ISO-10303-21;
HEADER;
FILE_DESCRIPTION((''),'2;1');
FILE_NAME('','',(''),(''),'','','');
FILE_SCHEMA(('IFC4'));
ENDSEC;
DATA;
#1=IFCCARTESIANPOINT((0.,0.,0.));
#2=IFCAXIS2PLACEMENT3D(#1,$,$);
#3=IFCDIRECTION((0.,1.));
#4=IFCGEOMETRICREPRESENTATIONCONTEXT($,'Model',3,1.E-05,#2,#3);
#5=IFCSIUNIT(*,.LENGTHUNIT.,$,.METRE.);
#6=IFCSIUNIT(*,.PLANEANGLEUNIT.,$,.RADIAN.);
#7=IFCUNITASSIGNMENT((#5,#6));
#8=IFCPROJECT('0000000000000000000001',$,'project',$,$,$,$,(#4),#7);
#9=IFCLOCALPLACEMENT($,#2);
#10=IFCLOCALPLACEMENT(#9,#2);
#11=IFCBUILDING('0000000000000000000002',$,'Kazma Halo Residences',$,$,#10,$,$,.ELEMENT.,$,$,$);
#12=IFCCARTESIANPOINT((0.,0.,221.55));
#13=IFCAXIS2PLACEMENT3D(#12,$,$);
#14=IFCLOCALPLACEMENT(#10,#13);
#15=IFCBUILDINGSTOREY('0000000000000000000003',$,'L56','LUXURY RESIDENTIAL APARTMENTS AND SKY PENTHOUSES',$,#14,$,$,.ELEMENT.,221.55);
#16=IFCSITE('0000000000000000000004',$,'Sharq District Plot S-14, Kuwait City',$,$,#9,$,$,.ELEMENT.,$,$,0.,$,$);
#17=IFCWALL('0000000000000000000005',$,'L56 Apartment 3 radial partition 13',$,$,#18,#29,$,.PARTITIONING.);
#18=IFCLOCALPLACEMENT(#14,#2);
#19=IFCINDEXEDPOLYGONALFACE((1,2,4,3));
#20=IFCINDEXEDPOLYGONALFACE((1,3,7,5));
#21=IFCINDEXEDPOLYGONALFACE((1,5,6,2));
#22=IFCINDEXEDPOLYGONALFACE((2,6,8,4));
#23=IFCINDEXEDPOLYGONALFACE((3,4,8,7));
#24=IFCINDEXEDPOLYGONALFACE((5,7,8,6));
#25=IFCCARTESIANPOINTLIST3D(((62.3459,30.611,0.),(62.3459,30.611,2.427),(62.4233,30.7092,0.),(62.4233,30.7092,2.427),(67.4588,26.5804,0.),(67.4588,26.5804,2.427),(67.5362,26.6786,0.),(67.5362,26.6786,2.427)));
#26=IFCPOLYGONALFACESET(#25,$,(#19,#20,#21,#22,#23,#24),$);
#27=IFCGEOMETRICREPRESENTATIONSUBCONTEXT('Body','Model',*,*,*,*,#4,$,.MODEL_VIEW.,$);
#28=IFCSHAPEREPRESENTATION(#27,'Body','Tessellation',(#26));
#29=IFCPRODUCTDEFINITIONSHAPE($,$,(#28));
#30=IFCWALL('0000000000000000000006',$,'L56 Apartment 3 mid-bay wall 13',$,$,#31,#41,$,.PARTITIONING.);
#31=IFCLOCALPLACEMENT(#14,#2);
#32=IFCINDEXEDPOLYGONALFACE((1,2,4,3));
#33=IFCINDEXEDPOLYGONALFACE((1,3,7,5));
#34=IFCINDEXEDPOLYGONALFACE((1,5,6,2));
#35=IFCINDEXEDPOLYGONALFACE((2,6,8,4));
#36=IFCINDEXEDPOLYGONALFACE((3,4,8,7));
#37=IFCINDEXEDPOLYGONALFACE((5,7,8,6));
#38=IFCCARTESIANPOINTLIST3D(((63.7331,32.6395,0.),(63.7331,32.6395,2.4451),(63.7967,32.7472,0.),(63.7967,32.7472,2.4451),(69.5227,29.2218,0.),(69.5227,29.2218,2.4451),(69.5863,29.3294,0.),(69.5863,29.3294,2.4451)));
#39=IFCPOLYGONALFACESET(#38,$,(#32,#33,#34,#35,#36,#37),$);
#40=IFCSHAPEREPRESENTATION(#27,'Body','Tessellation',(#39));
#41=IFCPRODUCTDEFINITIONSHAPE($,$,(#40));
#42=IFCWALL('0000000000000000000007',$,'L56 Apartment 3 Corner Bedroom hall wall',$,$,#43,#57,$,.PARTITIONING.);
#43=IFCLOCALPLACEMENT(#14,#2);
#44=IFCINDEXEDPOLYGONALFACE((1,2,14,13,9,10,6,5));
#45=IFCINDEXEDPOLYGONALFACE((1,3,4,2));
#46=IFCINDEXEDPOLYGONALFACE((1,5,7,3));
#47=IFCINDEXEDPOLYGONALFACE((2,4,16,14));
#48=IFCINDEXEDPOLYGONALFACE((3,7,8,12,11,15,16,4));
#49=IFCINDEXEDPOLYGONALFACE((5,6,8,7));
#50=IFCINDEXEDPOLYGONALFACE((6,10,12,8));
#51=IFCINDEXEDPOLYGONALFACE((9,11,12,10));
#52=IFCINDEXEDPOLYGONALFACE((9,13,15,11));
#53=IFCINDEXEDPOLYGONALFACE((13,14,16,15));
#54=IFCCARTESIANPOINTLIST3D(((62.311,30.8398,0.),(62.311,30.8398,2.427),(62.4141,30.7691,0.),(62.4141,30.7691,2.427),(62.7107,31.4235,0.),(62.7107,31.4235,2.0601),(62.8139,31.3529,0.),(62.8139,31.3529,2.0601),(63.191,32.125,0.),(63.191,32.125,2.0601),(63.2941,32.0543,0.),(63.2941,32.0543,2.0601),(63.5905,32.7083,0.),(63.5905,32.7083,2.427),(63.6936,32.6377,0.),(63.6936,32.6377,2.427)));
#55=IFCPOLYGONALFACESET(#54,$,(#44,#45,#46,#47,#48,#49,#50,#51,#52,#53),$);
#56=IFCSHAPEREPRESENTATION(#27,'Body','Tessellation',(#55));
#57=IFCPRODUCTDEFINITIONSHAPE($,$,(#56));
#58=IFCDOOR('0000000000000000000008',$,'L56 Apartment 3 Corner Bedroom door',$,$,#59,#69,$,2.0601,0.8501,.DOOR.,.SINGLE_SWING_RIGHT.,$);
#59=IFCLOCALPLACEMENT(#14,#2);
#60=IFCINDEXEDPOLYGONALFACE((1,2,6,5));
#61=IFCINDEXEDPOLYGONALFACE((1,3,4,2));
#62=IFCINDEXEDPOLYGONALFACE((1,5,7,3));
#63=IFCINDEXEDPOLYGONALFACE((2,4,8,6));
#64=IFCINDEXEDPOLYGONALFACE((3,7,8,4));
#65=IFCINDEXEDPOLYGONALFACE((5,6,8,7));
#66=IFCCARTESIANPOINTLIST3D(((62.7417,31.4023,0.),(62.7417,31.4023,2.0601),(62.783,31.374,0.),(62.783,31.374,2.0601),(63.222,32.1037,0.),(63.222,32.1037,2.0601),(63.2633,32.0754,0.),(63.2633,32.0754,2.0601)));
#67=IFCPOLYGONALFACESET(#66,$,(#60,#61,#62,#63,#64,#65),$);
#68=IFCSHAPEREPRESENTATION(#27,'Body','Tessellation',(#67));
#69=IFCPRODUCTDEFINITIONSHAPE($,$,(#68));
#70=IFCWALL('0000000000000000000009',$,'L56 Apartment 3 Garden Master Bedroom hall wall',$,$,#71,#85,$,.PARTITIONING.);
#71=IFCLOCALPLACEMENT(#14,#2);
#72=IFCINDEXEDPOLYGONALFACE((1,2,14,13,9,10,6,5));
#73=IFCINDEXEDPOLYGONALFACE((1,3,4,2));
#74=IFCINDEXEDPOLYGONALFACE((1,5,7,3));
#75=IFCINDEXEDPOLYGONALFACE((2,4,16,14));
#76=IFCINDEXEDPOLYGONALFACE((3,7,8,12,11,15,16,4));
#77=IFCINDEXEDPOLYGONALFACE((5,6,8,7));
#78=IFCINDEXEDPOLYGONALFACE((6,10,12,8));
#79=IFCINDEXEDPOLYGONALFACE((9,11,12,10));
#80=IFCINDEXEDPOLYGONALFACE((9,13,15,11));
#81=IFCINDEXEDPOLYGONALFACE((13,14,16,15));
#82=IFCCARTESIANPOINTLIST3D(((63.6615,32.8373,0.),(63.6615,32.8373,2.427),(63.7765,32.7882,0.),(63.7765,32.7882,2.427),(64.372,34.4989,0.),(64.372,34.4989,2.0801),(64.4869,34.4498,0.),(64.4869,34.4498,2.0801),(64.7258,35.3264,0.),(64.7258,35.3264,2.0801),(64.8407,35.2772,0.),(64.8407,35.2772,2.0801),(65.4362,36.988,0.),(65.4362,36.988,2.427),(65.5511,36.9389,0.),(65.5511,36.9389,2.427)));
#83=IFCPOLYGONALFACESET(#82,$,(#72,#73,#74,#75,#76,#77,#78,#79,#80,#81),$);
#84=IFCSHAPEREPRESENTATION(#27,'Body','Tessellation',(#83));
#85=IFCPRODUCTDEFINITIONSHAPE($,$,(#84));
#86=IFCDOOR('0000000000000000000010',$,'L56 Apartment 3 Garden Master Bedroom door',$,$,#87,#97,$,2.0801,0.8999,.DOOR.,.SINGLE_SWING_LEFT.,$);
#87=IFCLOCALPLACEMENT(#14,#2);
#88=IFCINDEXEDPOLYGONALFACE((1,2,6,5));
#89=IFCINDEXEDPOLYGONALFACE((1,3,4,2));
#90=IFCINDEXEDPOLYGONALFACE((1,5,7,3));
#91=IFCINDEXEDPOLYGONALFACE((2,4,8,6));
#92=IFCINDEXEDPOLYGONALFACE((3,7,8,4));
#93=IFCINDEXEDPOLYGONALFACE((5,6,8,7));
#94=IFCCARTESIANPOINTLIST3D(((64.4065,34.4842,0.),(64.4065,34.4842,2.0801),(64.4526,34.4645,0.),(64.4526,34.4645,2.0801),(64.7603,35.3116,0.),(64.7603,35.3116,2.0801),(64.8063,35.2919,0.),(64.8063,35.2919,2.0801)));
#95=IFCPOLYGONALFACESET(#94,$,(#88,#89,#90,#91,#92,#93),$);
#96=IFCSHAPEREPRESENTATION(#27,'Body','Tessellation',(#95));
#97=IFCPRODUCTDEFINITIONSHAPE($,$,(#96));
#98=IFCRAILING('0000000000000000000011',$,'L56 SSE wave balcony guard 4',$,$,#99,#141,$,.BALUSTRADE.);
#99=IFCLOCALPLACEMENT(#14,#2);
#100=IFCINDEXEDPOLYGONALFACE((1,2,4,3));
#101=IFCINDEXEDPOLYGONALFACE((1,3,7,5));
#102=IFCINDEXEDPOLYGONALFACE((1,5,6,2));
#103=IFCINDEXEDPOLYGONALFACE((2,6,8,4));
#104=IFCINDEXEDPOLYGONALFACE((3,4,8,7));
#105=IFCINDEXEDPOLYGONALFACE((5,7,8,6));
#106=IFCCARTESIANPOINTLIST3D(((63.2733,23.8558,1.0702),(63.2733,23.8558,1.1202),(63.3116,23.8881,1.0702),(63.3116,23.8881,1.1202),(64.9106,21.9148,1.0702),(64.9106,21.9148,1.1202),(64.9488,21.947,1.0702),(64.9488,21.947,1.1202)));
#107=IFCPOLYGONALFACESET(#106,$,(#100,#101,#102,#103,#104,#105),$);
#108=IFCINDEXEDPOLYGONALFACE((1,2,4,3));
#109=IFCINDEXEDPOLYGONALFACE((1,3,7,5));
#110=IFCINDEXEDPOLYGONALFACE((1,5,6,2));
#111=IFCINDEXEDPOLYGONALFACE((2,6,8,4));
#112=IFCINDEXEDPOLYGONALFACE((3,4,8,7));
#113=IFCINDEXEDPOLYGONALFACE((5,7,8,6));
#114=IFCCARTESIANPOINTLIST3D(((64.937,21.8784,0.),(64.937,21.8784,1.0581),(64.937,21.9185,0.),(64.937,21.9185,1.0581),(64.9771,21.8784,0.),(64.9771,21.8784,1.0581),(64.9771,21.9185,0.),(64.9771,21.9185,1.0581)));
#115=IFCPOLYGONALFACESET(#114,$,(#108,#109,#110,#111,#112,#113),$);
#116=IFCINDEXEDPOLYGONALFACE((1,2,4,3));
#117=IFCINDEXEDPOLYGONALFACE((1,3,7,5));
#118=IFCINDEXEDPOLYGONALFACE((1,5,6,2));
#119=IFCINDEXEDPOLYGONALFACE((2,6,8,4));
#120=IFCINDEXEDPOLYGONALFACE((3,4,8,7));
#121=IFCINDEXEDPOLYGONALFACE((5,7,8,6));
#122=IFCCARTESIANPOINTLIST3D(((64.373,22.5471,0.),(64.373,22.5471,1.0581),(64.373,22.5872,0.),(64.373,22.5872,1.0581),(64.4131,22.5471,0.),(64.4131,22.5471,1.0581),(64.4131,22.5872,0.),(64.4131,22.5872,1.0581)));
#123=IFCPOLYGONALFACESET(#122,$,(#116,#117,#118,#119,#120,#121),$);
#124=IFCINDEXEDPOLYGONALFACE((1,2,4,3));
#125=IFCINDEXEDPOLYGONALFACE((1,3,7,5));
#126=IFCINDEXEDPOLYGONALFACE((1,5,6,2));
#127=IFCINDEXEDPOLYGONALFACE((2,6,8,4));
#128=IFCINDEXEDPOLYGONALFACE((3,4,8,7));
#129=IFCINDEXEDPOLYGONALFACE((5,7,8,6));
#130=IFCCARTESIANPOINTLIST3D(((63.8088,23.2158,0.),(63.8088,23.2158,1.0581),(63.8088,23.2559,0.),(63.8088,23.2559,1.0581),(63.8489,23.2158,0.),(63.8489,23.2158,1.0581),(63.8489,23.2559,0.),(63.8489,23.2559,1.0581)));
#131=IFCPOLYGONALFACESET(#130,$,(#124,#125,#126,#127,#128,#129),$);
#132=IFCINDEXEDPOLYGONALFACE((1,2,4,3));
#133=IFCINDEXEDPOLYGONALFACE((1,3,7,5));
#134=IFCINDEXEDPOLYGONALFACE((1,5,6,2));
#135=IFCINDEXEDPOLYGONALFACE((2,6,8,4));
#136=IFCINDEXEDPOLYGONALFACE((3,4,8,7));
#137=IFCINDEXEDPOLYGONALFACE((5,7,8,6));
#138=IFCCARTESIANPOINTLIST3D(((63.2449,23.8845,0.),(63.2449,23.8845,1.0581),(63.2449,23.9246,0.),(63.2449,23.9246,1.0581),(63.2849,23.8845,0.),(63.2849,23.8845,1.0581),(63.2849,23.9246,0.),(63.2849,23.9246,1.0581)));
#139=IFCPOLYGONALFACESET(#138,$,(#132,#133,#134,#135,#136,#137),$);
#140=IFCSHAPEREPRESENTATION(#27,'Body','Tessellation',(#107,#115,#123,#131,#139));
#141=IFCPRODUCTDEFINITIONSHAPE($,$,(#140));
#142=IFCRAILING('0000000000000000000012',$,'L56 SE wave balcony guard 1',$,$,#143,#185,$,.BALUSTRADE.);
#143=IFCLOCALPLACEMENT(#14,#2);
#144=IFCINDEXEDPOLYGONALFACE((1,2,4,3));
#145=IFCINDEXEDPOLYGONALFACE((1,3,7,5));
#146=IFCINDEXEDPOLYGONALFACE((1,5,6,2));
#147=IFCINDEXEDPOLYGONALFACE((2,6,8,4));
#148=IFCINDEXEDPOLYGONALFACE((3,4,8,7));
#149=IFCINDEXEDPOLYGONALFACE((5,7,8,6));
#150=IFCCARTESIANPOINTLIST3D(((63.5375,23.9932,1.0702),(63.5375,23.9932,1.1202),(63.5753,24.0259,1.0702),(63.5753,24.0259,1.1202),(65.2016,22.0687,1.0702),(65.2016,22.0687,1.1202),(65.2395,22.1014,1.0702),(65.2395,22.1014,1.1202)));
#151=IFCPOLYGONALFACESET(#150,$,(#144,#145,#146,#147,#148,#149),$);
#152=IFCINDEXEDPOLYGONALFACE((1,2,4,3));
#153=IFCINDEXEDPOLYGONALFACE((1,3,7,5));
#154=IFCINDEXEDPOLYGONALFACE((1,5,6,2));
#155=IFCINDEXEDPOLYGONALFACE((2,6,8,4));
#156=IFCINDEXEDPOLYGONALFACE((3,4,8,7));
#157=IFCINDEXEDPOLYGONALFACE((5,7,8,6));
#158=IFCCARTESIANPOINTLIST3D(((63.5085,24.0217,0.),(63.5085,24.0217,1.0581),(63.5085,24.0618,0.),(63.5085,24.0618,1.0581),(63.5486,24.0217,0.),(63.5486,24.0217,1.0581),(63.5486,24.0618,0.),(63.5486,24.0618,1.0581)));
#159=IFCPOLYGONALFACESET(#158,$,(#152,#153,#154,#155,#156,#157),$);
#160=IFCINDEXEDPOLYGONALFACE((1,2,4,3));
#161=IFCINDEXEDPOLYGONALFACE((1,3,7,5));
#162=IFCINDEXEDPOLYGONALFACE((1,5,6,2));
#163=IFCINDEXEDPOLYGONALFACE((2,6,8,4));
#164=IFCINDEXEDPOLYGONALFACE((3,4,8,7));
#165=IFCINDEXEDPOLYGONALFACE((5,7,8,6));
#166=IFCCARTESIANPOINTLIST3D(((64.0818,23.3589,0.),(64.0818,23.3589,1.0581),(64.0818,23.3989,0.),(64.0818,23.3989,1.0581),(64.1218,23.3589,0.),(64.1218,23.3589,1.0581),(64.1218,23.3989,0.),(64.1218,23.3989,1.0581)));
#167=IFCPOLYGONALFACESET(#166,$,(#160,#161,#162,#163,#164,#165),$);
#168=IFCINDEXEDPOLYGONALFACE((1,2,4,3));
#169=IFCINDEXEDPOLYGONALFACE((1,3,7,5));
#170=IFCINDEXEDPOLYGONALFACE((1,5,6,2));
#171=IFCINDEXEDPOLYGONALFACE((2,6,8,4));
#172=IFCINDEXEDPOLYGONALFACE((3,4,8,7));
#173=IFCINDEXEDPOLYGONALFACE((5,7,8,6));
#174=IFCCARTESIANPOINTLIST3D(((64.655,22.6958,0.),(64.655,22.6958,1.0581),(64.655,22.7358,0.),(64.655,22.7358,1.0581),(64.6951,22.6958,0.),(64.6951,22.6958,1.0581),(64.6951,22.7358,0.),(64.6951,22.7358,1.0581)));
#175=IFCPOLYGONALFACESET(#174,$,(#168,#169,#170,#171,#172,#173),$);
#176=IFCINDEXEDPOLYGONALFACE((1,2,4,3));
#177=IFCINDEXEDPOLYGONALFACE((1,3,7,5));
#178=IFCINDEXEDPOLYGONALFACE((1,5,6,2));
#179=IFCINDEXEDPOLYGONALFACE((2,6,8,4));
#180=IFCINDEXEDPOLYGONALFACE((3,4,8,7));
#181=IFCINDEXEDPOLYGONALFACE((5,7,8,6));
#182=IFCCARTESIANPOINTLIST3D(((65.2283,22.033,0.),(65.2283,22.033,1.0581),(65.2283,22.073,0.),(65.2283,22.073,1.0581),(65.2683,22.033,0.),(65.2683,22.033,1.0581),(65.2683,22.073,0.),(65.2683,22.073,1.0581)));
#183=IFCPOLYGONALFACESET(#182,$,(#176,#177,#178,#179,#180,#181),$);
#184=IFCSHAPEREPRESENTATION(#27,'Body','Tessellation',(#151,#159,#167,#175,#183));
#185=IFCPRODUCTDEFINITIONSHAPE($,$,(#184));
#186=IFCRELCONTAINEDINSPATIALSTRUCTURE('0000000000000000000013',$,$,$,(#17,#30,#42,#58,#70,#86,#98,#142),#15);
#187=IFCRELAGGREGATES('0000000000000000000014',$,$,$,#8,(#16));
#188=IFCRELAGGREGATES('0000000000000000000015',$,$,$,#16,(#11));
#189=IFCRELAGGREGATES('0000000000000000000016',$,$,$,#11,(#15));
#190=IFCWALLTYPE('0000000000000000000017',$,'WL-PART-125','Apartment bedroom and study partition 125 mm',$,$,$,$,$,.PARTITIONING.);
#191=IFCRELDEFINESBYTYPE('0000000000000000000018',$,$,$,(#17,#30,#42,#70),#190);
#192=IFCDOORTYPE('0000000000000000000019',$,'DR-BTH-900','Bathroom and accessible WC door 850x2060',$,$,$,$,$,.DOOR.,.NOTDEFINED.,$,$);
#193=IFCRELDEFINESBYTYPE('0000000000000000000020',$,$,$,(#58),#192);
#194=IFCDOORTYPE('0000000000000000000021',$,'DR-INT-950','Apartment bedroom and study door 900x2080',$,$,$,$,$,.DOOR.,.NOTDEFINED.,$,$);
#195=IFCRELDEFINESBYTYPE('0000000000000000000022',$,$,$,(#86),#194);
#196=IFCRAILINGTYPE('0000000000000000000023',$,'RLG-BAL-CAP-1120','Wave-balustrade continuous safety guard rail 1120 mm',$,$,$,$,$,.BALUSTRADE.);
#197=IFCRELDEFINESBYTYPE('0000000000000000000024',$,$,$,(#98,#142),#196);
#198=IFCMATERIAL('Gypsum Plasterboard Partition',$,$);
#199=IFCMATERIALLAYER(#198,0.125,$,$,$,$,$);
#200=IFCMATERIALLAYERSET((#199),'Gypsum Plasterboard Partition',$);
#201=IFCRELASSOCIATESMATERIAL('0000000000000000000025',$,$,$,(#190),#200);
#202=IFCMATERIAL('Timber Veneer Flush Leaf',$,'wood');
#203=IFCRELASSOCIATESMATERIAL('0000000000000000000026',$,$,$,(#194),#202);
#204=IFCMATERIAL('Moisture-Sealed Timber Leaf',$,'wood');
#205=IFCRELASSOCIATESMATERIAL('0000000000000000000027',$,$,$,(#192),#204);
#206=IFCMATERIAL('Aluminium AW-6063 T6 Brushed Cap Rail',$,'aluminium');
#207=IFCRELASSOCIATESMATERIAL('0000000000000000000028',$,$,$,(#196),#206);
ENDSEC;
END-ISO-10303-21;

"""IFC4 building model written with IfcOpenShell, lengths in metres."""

from ifc_helpers import new_model, si_unit, direction, frame, frame_2d, origin, origin_2d, place, context, subcontext, project, spatial, rectangle, extrude, material, layer, layer_set, type_object, element, fill, save


model = new_model("IFC4")

# Units and contexts
model_context = context("Model", 3, precision=1e-05, world=origin(), true_north=direction((0.0, 1.0)))
body_context = subcontext(model_context, "Body", "Model", "MODEL_VIEW")
ifc_project = project(units=[si_unit("LENGTHUNIT", "METRE"), si_unit("PLANEANGLEUNIT", "RADIAN")], contexts=[model_context])

# Site, building, storey
site_placement = place(None, origin())
site = spatial("IfcSite", under=ifc_project, at=site_placement, Name="Sharq District Plot S-14, Kuwait City", CompositionType="ELEMENT", RefElevation=0.0)
building_placement = place(site_placement, origin())
building = spatial("IfcBuilding", under=site, at=building_placement, Name="Kazma Halo Residences", CompositionType="ELEMENT")
storey_placement = place(building_placement, frame((0.0, 0.0, 221.55)))
storey = spatial("IfcBuildingStorey", under=building, at=storey_placement, Name="L56", Description="LUXURY RESIDENTIAL APARTMENTS AND SKY PENTHOUSES", CompositionType="ELEMENT", Elevation=221.55)

# Shared definitions
ifc_material_1 = material(Name="Gypsum Plasterboard Partition")
ifc_layer_1 = layer(ifc_material_1, 0.125)
ifc_layer_set_1 = layer_set([ifc_layer_1], Name="Gypsum Plasterboard Partition")
wall_type_1 = type_object("IfcWallType", Name="WL-PART-125", Description="Apartment bedroom and study partition 125 mm", PredefinedType="PARTITIONING", material=ifc_layer_set_1)
ifc_material_2 = material(Name="Timber Veneer Flush Leaf", Category="wood")
door_type_1 = type_object("IfcDoorType", Name="DR-INT-950", Description="Apartment bedroom and study door 900x2080", OperationType="NOTDEFINED", PredefinedType="DOOR", material=ifc_material_2)

# Walls
wall_1_placement = place(storey_placement, frame((62.3845, 30.6602, 0.0), z_axis=(0.0, 0.0, 1.0), x_axis=(0.785323, -0.619086, 0.0)))
element("IfcWall", 1, at=wall_1_placement, inside=storey, type_object=wall_type_1, Name="L56 Apartment 3 radial partition 13", PredefinedType="PARTITIONING", context=body_context, shape_type="SweptSolid", body=[
    extrude(rectangle(XDim=6.5105, YDim=0.125, at=frame_2d((3.2554, 0.0))), origin(), (0.0, 0.0, 1.0), 2.427),
])
wall_2_placement = place(storey_placement, frame((63.7649, 32.6934, 0.0), z_axis=(0.0, 0.0, 1.0), x_axis=(0.861146, -0.508357, 0.0)))
element("IfcWall", 2, at=wall_2_placement, inside=storey, type_object=wall_type_1, Name="L56 Apartment 3 mid-bay wall 13", PredefinedType="PARTITIONING", context=body_context, shape_type="SweptSolid", body=[
    extrude(rectangle(XDim=6.7231, YDim=0.125, at=frame_2d((3.3616, 0.0))), origin(), (0.0, 0.0, 1.0), 2.4451),
])

# Walls, openings, doors
wall_3_placement = place(storey_placement, frame((62.3625, 30.8044, 0.0), z_axis=(0.0, 0.0, 1.0), x_axis=(0.564981, 0.825104, 0.0)))
wall_3 = element("IfcWall", 3, at=wall_3_placement, inside=storey, type_object=wall_type_1, Name="L56 Apartment 3 Corner Bedroom hall wall", PredefinedType="PARTITIONING", context=body_context, shape_type="SweptSolid", body=[
    extrude(rectangle(XDim=2.2646, YDim=0.125, at=frame_2d((1.1323, 0.0))), origin(), (0.0, 0.0, 1.0), 2.427),
])
opening_1_placement = place(wall_3_placement, frame((0.7075, 0.0, 0.0)))
opening_1 = element("IfcOpeningElement", 4, at=opening_1_placement, cuts=wall_3, PredefinedType="OPENING", context=body_context, shape_type="SweptSolid", body=[
    extrude(rectangle(XDim=0.8501, YDim=2.0601, at=frame_2d((0.425, 1.03))), frame((0.0, 0.0725, 0.0), z_axis=(0.0, -1.0, 0.0), x_axis=(1.0, 0.0, 0.0)), (0.0, 0.0, 1.0), 0.145),
])
ifc_material_3 = material(Name="Moisture-Sealed Timber Leaf", Category="wood")
door_type_2 = type_object("IfcDoorType", Name="DR-BTH-900", Description="Bathroom and accessible WC door 850x2060", OperationType="NOTDEFINED", PredefinedType="DOOR", material=ifc_material_3)
door_1_placement = place(opening_1_placement, origin())
door_1 = element("IfcDoor", 5, at=door_1_placement, inside=storey, type_object=door_type_2, Name="L56 Apartment 3 Corner Bedroom door", OperationType="SINGLE_SWING_RIGHT", OverallHeight=2.0601, OverallWidth=0.8501, PredefinedType="DOOR", context=body_context, shape_type="SweptSolid", body=[
    extrude(rectangle(XDim=0.8501, YDim=2.0601, at=frame_2d((0.425, 1.03))), frame((0.0, 0.0249, 0.0), z_axis=(0.0, -1.0, 0.0), x_axis=(1.0, 0.0, 0.0)), (0.0, 0.0, 1.0), 0.05),
])
fill(opening_1, door_1)
wall_4_placement = place(storey_placement, frame((63.719, 32.8127, 0.0), z_axis=(0.0, 0.0, 1.0), x_axis=(0.393136, 0.91948, 0.0)))
wall_4 = element("IfcWall", 6, at=wall_4_placement, inside=storey, type_object=wall_type_1, Name="L56 Apartment 3 Garden Master Bedroom hall wall", PredefinedType="PARTITIONING", context=body_context, shape_type="SweptSolid", body=[
    extrude(rectangle(XDim=4.5142, YDim=0.125, at=frame_2d((2.2571, 0.0))), origin(), (0.0, 0.0, 1.0), 2.427),
])
opening_2_placement = place(wall_4_placement, frame((1.8071, 0.0, 0.0)))
opening_2 = element("IfcOpeningElement", 7, at=opening_2_placement, cuts=wall_4, PredefinedType="OPENING", context=body_context, shape_type="SweptSolid", body=[
    extrude(rectangle(XDim=0.8999, YDim=2.0801, at=frame_2d((0.45, 1.04))), frame((0.0, 0.0725, 0.0), z_axis=(0.0, -1.0, 0.0), x_axis=(1.0, 0.0, 0.0)), (0.0, 0.0, 1.0), 0.145),
])
door_2_placement = place(opening_2_placement, origin())
door_2 = element("IfcDoor", 8, at=door_2_placement, inside=storey, type_object=door_type_1, Name="L56 Apartment 3 Garden Master Bedroom door", OperationType="SINGLE_SWING_LEFT", OverallHeight=2.0801, OverallWidth=0.8999, PredefinedType="DOOR", context=body_context, shape_type="SweptSolid", body=[
    extrude(rectangle(XDim=0.8999, YDim=2.0801, at=frame_2d((0.45, 1.04))), frame((0.0, 0.0249, 0.0), z_axis=(0.0, -1.0, 0.0), x_axis=(1.0, 0.0, 0.0)), (0.0, 0.0, 1.0), 0.05),
])
fill(opening_2, door_2)

# Railings
ifc_material_4 = material(Name="Aluminium AW-6063 T6 Brushed Cap Rail", Category="aluminium")
railing_type = type_object("IfcRailingType", Name="RLG-BAL-CAP-1120", Description="Wave-balustrade continuous safety guard rail 1120 mm", PredefinedType="BALUSTRADE", material=ifc_material_4)
railing_1_placement = place(storey_placement, frame((64.957, 21.8984, 0.0)))
element("IfcRailing", 9, at=railing_1_placement, inside=storey, type_object=railing_type, Name="L56 SSE wave balcony guard 4", PredefinedType="BALUSTRADE", context=body_context, shape_type="SweptSolid", body=[
    extrude(rectangle(XDim=0.05, YDim=0.05, at=origin_2d()), frame((-0.0273, 0.0325, 1.0952), z_axis=(-0.644757, 0.764387, 0.0), x_axis=(-0.764387, -0.644757, 0.0)), (0.0, 0.0, 1.0), 2.5393),
    extrude(rectangle(XDim=0.04, YDim=0.04, at=origin_2d()), origin(), (0.0, 0.0, 1.0), 1.0581),
    extrude(rectangle(XDim=0.04, YDim=0.04, at=origin_2d()), frame((-0.564, 0.6687, 0.0)), (0.0, 0.0, 1.0), 1.0581),
    extrude(rectangle(XDim=0.04, YDim=0.04, at=origin_2d()), frame((-1.1282, 1.3374, 0.0)), (0.0, 0.0, 1.0), 1.0581),
    extrude(rectangle(XDim=0.04, YDim=0.04, at=origin_2d()), frame((-1.6921, 2.0061, 0.0)), (0.0, 0.0, 1.0), 1.0581),
])
railing_2_placement = place(storey_placement, frame((63.5286, 24.0417, 0.0)))
element("IfcRailing", 10, at=railing_2_placement, inside=storey, type_object=railing_type, Name="L56 SE wave balcony guard 1", PredefinedType="BALUSTRADE", context=body_context, shape_type="SweptSolid", body=[
    extrude(rectangle(XDim=0.05, YDim=0.05, at=origin_2d()), frame((0.0278, -0.0322, 1.0952), z_axis=(0.654089, -0.756418, 0.0), x_axis=(0.756418, 0.654089, 0.0)), (0.0, 0.0, 1.0), 2.5442),
    extrude(rectangle(XDim=0.04, YDim=0.04, at=origin_2d()), origin(), (0.0, 0.0, 1.0), 1.0581),
    extrude(rectangle(XDim=0.04, YDim=0.04, at=origin_2d()), frame((0.5732, -0.6628, 0.0)), (0.0, 0.0, 1.0), 1.0581),
    extrude(rectangle(XDim=0.04, YDim=0.04, at=origin_2d()), frame((1.1465, -1.3259, 0.0)), (0.0, 0.0, 1.0), 1.0581),
    extrude(rectangle(XDim=0.04, YDim=0.04, at=origin_2d()), frame((1.7197, -1.9888, 0.0)), (0.0, 0.0, 1.0), 1.0581),
])

save(model, "model.ifc")
